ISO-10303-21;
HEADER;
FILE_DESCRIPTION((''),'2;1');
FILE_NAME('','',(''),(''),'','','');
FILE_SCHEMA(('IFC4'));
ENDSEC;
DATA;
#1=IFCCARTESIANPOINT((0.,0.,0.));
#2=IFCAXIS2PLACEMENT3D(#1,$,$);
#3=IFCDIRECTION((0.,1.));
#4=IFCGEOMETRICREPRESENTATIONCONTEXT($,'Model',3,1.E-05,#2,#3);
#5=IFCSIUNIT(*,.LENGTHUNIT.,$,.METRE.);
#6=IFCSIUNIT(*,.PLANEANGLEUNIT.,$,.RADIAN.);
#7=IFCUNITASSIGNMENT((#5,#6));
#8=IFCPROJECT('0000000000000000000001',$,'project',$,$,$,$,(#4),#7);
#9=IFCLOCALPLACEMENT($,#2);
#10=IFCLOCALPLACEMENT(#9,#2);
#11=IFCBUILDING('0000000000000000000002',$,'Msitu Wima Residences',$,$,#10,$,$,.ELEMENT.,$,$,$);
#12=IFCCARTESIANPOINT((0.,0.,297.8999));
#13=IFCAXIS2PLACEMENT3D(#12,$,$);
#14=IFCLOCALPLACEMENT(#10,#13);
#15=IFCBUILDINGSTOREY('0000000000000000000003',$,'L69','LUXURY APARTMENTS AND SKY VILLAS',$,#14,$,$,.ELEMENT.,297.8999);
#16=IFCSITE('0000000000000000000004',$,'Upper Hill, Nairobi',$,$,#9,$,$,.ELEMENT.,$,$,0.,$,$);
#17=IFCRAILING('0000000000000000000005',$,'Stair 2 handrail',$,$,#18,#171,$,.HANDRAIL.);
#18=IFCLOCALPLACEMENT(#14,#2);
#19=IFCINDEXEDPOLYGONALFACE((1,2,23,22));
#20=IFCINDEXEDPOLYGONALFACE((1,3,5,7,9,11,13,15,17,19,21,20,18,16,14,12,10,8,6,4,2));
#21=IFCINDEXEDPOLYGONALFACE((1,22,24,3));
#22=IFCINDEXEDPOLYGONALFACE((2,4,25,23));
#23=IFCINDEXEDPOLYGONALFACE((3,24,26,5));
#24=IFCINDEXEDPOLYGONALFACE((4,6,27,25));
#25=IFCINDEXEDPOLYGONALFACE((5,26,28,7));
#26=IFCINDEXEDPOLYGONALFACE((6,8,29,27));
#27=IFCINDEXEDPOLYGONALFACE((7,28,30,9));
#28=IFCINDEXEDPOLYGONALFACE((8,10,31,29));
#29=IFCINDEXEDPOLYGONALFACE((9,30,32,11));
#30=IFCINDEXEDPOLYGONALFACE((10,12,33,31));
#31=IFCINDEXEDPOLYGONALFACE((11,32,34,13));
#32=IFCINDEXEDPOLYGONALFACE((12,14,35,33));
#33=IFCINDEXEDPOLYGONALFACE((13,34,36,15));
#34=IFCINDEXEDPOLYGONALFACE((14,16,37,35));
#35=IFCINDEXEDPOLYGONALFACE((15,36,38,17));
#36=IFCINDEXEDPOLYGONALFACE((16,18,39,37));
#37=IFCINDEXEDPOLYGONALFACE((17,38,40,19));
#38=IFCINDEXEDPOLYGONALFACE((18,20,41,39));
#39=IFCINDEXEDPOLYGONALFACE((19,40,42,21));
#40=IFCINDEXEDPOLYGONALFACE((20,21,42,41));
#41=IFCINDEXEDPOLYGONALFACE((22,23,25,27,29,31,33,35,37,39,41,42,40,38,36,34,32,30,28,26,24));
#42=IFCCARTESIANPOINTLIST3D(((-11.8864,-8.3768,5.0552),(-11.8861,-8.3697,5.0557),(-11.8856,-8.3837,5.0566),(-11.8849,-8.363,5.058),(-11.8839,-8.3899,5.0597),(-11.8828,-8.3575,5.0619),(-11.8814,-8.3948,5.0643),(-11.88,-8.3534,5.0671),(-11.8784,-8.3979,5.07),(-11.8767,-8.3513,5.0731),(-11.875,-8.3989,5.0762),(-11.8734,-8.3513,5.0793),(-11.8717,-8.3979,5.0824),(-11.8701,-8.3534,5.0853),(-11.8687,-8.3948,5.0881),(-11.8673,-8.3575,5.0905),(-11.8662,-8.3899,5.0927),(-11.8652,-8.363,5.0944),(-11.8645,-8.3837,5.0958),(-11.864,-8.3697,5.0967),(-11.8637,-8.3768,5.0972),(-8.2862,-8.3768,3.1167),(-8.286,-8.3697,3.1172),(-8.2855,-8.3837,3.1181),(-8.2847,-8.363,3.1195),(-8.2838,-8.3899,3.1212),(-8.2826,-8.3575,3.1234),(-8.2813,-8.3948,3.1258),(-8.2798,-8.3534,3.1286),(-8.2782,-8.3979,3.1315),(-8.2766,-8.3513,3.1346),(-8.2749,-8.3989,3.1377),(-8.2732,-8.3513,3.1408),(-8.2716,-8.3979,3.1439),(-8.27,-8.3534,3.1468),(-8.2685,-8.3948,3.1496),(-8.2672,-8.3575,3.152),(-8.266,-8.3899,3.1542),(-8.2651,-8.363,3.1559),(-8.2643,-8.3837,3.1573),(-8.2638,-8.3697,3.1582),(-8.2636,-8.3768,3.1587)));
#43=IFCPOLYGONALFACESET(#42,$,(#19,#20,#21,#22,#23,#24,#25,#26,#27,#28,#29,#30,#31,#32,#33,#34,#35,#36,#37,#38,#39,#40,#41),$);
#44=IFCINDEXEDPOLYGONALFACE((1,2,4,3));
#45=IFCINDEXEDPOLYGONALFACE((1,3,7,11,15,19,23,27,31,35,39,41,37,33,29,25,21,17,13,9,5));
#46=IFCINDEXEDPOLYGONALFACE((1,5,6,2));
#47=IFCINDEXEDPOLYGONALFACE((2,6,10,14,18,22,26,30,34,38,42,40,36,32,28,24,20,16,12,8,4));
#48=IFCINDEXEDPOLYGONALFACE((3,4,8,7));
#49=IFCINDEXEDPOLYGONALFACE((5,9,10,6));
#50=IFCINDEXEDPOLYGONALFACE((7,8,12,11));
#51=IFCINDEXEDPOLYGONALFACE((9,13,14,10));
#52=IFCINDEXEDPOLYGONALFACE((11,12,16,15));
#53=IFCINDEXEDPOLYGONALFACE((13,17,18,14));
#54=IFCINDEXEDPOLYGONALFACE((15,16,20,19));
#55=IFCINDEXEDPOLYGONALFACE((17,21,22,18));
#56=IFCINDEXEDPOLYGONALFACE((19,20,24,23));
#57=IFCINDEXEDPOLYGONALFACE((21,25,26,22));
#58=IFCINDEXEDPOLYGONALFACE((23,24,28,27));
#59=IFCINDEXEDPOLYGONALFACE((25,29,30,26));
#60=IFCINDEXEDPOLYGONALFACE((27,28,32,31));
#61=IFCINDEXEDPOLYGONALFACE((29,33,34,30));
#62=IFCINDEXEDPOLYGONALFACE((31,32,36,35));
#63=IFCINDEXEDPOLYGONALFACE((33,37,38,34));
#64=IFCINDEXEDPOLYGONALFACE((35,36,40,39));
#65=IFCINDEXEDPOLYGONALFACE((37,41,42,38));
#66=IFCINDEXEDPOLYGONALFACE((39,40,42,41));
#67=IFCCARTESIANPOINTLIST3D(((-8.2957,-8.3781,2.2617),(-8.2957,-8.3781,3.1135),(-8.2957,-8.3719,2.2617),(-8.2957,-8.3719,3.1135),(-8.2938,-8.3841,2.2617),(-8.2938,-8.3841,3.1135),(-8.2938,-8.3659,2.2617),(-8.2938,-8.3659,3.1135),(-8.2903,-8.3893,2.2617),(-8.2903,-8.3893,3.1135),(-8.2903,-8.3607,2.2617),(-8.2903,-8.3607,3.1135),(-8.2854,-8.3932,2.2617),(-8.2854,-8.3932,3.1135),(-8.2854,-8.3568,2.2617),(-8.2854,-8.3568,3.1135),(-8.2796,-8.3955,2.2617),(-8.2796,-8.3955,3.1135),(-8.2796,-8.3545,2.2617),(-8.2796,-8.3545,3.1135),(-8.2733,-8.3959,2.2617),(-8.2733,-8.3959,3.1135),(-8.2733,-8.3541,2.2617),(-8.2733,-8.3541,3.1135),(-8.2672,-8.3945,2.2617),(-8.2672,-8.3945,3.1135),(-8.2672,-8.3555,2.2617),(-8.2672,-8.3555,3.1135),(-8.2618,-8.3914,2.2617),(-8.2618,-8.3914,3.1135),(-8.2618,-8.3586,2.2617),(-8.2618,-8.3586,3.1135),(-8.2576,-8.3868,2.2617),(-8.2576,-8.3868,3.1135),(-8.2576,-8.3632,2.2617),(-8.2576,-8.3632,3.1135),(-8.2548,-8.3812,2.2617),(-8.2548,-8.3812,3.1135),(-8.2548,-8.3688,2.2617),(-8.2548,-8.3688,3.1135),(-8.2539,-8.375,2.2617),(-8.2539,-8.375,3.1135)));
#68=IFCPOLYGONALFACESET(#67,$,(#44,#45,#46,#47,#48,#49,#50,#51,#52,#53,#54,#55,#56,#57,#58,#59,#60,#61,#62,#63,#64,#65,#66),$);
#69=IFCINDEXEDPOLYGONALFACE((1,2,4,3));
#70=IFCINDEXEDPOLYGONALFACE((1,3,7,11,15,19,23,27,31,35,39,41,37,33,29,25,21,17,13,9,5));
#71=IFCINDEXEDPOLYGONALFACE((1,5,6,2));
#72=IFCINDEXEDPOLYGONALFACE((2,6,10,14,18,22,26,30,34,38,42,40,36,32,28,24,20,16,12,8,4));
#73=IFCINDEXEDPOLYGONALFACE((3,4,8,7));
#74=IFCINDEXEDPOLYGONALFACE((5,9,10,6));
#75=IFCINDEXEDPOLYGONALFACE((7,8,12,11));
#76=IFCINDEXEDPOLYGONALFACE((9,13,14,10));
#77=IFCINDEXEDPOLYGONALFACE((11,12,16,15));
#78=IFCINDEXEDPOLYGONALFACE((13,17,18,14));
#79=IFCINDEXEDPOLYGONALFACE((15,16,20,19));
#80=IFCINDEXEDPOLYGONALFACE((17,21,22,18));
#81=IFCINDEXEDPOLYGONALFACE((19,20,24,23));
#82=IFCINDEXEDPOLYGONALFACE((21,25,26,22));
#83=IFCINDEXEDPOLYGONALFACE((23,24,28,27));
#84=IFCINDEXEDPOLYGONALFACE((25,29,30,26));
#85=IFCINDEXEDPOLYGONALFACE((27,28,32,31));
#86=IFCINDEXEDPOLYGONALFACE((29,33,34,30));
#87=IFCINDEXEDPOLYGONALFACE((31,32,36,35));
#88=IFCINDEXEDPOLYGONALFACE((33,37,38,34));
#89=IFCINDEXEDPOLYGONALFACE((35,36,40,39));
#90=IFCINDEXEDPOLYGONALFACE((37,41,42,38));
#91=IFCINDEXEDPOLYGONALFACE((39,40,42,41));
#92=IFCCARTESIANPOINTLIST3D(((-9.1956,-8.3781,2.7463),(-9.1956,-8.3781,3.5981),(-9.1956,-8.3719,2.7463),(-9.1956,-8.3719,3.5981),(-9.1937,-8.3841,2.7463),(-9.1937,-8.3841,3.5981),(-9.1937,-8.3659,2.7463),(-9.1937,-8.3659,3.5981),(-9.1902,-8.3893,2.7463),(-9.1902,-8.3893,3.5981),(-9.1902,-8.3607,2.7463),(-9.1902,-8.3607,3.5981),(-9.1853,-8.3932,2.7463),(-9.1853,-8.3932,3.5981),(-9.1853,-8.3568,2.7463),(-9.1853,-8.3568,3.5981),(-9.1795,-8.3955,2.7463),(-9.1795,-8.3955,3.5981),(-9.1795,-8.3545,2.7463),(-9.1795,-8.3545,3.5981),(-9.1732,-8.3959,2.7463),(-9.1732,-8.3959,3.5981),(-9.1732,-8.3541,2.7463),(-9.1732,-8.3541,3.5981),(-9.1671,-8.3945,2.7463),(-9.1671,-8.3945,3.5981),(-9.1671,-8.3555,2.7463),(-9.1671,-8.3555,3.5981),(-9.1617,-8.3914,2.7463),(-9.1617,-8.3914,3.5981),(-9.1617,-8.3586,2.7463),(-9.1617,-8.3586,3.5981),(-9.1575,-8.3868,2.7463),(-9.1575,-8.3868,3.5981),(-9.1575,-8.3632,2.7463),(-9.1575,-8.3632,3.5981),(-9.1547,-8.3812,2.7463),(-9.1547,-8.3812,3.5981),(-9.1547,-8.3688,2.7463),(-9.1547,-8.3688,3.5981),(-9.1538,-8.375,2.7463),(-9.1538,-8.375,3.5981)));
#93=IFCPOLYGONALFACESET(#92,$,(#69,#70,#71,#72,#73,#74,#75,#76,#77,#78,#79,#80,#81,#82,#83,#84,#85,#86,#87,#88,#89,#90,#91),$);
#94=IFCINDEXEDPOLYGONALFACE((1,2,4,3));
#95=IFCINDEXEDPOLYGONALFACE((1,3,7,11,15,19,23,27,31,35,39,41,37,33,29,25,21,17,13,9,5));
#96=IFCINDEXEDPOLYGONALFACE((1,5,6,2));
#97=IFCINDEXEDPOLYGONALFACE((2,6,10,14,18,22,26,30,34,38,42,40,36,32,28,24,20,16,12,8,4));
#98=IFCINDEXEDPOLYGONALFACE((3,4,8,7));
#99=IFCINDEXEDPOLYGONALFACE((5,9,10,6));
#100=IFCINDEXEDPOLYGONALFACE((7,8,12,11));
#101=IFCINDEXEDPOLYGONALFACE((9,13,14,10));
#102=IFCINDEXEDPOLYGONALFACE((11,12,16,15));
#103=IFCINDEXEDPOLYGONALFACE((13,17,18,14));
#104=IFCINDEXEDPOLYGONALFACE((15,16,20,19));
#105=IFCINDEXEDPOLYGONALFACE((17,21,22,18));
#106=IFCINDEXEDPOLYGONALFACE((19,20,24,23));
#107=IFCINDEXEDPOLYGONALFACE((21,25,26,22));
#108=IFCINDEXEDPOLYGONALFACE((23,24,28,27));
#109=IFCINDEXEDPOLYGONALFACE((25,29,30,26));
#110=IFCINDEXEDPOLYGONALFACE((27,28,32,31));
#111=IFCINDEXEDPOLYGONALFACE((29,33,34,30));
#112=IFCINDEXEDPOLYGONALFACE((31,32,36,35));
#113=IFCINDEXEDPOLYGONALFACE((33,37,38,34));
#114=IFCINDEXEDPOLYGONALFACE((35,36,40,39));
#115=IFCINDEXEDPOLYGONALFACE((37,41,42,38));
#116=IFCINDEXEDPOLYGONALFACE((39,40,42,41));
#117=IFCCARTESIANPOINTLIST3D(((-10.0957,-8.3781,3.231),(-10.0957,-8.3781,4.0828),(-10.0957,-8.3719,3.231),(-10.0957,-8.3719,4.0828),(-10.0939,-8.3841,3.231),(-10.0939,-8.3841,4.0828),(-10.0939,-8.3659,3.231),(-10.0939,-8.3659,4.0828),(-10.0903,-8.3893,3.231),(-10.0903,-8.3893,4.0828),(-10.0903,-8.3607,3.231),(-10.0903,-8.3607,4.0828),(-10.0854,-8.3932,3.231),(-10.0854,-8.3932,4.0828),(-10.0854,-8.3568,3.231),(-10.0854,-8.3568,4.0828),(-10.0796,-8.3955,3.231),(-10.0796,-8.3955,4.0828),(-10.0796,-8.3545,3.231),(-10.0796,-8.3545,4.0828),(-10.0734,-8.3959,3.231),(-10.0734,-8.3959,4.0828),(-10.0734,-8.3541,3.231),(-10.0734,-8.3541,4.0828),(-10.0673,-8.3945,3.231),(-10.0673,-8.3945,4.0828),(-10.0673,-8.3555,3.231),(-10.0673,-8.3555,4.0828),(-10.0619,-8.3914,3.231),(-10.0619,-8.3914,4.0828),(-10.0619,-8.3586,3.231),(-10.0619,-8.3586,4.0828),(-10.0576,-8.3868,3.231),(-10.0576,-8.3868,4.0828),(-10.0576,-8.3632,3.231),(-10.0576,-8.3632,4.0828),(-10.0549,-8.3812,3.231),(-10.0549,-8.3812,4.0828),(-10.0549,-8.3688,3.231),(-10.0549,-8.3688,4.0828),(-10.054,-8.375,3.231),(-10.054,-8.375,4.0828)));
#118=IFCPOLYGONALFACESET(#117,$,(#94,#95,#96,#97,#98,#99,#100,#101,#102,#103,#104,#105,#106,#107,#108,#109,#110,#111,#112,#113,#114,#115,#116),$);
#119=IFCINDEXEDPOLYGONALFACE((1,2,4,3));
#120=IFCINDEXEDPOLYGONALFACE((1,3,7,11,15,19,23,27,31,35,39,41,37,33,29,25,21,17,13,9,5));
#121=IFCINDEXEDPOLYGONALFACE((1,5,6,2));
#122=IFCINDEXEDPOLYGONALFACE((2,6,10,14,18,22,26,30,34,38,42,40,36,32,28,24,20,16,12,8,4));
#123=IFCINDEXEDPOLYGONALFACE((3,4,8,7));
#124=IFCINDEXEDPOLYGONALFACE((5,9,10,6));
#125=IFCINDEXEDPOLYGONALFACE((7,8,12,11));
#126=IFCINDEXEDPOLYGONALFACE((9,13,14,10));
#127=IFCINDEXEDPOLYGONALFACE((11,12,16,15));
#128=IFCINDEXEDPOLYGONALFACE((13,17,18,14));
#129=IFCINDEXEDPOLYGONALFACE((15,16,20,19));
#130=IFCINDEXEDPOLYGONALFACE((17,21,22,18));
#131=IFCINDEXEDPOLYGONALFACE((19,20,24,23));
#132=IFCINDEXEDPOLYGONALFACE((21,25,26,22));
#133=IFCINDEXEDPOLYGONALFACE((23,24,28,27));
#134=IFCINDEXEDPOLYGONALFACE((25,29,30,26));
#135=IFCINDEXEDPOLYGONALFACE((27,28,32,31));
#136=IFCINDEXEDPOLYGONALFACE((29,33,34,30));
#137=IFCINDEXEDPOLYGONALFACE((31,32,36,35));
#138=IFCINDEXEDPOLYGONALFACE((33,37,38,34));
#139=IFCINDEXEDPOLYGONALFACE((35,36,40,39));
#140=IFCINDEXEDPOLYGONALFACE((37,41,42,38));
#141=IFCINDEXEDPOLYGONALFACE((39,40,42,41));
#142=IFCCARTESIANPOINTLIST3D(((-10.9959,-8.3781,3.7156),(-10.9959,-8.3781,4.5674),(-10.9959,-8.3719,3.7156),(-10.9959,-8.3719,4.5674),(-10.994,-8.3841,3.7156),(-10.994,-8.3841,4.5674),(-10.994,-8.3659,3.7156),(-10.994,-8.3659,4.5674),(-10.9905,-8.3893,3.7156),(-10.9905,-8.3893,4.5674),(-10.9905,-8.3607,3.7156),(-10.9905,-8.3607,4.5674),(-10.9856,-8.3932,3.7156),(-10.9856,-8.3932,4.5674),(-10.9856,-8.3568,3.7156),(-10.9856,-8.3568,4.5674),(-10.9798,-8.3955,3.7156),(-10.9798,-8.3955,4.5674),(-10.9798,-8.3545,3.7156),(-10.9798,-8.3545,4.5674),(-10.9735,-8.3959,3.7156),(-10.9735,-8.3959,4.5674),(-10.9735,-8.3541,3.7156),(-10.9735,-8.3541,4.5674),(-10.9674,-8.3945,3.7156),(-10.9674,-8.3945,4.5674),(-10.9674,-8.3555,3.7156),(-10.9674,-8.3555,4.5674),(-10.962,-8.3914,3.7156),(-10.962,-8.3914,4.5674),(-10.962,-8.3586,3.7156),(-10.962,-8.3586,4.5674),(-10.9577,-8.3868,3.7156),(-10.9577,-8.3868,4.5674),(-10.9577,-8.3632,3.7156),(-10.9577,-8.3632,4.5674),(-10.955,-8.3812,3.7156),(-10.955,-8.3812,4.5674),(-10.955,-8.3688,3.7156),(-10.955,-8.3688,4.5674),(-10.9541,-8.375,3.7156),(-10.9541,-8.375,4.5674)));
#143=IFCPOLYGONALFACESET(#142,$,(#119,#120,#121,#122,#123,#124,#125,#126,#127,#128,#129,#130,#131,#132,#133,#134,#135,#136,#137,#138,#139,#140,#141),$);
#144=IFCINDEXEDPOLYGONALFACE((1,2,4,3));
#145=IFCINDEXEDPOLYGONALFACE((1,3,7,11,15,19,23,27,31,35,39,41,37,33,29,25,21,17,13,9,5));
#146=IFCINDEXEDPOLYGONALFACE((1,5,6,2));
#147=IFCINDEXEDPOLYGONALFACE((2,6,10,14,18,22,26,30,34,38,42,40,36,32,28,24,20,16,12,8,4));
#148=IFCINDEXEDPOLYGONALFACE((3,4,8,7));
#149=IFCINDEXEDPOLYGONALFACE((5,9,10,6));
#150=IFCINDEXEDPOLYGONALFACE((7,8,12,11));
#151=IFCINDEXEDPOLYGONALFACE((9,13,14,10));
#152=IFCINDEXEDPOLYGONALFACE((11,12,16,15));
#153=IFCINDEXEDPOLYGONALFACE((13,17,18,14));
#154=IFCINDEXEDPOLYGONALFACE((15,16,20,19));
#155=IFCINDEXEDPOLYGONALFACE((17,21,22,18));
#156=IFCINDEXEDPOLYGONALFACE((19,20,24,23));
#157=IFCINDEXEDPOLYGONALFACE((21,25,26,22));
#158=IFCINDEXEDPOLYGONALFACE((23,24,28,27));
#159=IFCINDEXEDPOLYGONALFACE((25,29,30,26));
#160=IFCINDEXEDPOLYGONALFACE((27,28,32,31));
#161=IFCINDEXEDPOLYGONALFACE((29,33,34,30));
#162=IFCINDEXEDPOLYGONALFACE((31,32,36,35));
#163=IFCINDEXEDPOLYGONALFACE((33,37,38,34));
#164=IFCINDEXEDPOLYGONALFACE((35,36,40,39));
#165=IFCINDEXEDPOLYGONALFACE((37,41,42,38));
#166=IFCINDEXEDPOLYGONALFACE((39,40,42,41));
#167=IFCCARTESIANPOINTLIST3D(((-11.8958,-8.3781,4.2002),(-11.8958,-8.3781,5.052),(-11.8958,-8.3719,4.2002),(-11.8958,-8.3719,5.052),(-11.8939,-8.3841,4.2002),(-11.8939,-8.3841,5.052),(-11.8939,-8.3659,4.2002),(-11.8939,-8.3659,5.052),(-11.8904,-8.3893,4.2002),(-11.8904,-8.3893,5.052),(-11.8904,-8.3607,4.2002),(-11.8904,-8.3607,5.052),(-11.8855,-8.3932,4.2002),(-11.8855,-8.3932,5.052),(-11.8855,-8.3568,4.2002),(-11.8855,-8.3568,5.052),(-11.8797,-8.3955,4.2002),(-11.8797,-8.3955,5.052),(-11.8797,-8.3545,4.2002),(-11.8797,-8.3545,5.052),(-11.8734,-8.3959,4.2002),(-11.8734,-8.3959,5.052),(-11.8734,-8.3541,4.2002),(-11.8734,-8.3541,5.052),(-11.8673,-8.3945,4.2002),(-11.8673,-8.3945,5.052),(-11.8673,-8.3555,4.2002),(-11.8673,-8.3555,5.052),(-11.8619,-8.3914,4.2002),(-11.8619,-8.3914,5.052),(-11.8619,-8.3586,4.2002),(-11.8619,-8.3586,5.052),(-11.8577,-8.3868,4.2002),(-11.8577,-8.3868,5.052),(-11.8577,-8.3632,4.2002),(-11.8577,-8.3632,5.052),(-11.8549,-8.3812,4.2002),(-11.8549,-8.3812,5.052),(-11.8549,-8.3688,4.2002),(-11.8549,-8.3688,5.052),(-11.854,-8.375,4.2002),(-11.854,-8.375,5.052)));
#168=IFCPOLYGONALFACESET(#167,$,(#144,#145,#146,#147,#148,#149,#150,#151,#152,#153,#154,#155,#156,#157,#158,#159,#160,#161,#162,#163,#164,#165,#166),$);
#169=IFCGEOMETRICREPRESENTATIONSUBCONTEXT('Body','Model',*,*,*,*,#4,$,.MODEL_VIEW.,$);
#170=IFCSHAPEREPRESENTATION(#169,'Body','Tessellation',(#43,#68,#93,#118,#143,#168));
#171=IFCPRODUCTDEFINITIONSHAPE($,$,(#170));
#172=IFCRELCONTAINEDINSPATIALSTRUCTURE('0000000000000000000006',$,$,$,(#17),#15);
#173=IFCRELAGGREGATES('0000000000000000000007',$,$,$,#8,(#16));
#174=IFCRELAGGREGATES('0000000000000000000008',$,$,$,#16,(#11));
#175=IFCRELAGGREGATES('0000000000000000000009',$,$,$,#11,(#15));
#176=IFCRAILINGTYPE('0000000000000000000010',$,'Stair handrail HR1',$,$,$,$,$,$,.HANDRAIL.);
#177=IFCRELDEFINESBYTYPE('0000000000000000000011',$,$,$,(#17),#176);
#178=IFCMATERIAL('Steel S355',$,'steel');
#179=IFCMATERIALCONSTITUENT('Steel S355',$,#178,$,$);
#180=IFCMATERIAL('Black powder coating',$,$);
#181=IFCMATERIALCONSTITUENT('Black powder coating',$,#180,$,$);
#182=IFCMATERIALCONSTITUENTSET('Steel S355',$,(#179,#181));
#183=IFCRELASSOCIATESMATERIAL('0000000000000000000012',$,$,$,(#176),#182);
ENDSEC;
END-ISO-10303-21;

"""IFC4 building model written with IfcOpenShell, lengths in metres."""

from ifc_helpers import new_model, si_unit, direction, frame, origin, origin_2d, place, context, subcontext, project, spatial, circle, extrude, material, constituent, constituent_set, type_object, element, save


model = new_model("IFC4")

# Units and contexts
model_context = context("Model", 3, precision=1e-05, world=origin(), true_north=direction((0.0, 1.0)))
body_context = subcontext(model_context, "Body", "Model", "MODEL_VIEW")
ifc_project = project(units=[si_unit("LENGTHUNIT", "METRE"), si_unit("PLANEANGLEUNIT", "RADIAN")], contexts=[model_context])

# Site, building, storey
site_placement = place(None, origin())
site = spatial("IfcSite", under=ifc_project, at=site_placement, Name="Upper Hill, Nairobi", CompositionType="ELEMENT", RefElevation=0.0)
building_placement = place(site_placement, origin())
building = spatial("IfcBuilding", under=site, at=building_placement, Name="Msitu Wima Residences", CompositionType="ELEMENT")
storey_placement = place(building_placement, frame((0.0, 0.0, 297.8999)))
storey = spatial("IfcBuildingStorey", under=building, at=storey_placement, Name="L69", Description="LUXURY APARTMENTS AND SKY VILLAS", CompositionType="ELEMENT", Elevation=297.8999)

# Railing
ifc_material_1 = material(Name="Steel S355", Category="steel")
ifc_constituent_1 = constituent(ifc_material_1, Name="Steel S355")
ifc_material_2 = material(Name="Black powder coating")
ifc_constituent_2 = constituent(ifc_material_2, Name="Black powder coating")
ifc_constituent_set = constituent_set(constituents=[ifc_constituent_1, ifc_constituent_2], Name="Steel S355")
railing_type = type_object("IfcRailingType", Name="Stair handrail HR1", PredefinedType="HANDRAIL", material=ifc_constituent_set)
for number, where, name in (
    (1, (-8.2749, -8.375, 2.2617), "Stair 2 handrail"),
):
    element("IfcRailing", number, at=place(storey_placement, frame(where)), inside=storey, type_object=railing_type, Name=name, PredefinedType="HANDRAIL", context=body_context, shape_type="SweptSolid", body=[
        extrude(circle(Radius=0.0239, at=origin_2d()), frame((0.0, 0.0, 0.876), z_axis=(-0.880475, 0.0, 0.474093), x_axis=(0.0, -1.0, 0.0)), (0.0, 0.0, 1.0), 4.0889),
        extrude(circle(Radius=0.021, at=origin_2d()), origin(), (0.0, 0.0, 1.0), 0.8518),
        extrude(circle(Radius=0.021, at=origin_2d()), frame((-0.8999, 0.0, 0.4846)), (0.0, 0.0, 1.0), 0.8518),
        extrude(circle(Radius=0.021, at=origin_2d()), frame((-1.8, 0.0, 0.9692)), (0.0, 0.0, 1.0), 0.8518),
        extrude(circle(Radius=0.021, at=origin_2d()), frame((-2.7002, 0.0, 1.4539)), (0.0, 0.0, 1.0), 0.8518),
        extrude(circle(Radius=0.021, at=origin_2d()), frame((-3.6001, 0.0, 1.9385)), (0.0, 0.0, 1.0), 0.8518),
    ])

save(model, "model.ifc")
